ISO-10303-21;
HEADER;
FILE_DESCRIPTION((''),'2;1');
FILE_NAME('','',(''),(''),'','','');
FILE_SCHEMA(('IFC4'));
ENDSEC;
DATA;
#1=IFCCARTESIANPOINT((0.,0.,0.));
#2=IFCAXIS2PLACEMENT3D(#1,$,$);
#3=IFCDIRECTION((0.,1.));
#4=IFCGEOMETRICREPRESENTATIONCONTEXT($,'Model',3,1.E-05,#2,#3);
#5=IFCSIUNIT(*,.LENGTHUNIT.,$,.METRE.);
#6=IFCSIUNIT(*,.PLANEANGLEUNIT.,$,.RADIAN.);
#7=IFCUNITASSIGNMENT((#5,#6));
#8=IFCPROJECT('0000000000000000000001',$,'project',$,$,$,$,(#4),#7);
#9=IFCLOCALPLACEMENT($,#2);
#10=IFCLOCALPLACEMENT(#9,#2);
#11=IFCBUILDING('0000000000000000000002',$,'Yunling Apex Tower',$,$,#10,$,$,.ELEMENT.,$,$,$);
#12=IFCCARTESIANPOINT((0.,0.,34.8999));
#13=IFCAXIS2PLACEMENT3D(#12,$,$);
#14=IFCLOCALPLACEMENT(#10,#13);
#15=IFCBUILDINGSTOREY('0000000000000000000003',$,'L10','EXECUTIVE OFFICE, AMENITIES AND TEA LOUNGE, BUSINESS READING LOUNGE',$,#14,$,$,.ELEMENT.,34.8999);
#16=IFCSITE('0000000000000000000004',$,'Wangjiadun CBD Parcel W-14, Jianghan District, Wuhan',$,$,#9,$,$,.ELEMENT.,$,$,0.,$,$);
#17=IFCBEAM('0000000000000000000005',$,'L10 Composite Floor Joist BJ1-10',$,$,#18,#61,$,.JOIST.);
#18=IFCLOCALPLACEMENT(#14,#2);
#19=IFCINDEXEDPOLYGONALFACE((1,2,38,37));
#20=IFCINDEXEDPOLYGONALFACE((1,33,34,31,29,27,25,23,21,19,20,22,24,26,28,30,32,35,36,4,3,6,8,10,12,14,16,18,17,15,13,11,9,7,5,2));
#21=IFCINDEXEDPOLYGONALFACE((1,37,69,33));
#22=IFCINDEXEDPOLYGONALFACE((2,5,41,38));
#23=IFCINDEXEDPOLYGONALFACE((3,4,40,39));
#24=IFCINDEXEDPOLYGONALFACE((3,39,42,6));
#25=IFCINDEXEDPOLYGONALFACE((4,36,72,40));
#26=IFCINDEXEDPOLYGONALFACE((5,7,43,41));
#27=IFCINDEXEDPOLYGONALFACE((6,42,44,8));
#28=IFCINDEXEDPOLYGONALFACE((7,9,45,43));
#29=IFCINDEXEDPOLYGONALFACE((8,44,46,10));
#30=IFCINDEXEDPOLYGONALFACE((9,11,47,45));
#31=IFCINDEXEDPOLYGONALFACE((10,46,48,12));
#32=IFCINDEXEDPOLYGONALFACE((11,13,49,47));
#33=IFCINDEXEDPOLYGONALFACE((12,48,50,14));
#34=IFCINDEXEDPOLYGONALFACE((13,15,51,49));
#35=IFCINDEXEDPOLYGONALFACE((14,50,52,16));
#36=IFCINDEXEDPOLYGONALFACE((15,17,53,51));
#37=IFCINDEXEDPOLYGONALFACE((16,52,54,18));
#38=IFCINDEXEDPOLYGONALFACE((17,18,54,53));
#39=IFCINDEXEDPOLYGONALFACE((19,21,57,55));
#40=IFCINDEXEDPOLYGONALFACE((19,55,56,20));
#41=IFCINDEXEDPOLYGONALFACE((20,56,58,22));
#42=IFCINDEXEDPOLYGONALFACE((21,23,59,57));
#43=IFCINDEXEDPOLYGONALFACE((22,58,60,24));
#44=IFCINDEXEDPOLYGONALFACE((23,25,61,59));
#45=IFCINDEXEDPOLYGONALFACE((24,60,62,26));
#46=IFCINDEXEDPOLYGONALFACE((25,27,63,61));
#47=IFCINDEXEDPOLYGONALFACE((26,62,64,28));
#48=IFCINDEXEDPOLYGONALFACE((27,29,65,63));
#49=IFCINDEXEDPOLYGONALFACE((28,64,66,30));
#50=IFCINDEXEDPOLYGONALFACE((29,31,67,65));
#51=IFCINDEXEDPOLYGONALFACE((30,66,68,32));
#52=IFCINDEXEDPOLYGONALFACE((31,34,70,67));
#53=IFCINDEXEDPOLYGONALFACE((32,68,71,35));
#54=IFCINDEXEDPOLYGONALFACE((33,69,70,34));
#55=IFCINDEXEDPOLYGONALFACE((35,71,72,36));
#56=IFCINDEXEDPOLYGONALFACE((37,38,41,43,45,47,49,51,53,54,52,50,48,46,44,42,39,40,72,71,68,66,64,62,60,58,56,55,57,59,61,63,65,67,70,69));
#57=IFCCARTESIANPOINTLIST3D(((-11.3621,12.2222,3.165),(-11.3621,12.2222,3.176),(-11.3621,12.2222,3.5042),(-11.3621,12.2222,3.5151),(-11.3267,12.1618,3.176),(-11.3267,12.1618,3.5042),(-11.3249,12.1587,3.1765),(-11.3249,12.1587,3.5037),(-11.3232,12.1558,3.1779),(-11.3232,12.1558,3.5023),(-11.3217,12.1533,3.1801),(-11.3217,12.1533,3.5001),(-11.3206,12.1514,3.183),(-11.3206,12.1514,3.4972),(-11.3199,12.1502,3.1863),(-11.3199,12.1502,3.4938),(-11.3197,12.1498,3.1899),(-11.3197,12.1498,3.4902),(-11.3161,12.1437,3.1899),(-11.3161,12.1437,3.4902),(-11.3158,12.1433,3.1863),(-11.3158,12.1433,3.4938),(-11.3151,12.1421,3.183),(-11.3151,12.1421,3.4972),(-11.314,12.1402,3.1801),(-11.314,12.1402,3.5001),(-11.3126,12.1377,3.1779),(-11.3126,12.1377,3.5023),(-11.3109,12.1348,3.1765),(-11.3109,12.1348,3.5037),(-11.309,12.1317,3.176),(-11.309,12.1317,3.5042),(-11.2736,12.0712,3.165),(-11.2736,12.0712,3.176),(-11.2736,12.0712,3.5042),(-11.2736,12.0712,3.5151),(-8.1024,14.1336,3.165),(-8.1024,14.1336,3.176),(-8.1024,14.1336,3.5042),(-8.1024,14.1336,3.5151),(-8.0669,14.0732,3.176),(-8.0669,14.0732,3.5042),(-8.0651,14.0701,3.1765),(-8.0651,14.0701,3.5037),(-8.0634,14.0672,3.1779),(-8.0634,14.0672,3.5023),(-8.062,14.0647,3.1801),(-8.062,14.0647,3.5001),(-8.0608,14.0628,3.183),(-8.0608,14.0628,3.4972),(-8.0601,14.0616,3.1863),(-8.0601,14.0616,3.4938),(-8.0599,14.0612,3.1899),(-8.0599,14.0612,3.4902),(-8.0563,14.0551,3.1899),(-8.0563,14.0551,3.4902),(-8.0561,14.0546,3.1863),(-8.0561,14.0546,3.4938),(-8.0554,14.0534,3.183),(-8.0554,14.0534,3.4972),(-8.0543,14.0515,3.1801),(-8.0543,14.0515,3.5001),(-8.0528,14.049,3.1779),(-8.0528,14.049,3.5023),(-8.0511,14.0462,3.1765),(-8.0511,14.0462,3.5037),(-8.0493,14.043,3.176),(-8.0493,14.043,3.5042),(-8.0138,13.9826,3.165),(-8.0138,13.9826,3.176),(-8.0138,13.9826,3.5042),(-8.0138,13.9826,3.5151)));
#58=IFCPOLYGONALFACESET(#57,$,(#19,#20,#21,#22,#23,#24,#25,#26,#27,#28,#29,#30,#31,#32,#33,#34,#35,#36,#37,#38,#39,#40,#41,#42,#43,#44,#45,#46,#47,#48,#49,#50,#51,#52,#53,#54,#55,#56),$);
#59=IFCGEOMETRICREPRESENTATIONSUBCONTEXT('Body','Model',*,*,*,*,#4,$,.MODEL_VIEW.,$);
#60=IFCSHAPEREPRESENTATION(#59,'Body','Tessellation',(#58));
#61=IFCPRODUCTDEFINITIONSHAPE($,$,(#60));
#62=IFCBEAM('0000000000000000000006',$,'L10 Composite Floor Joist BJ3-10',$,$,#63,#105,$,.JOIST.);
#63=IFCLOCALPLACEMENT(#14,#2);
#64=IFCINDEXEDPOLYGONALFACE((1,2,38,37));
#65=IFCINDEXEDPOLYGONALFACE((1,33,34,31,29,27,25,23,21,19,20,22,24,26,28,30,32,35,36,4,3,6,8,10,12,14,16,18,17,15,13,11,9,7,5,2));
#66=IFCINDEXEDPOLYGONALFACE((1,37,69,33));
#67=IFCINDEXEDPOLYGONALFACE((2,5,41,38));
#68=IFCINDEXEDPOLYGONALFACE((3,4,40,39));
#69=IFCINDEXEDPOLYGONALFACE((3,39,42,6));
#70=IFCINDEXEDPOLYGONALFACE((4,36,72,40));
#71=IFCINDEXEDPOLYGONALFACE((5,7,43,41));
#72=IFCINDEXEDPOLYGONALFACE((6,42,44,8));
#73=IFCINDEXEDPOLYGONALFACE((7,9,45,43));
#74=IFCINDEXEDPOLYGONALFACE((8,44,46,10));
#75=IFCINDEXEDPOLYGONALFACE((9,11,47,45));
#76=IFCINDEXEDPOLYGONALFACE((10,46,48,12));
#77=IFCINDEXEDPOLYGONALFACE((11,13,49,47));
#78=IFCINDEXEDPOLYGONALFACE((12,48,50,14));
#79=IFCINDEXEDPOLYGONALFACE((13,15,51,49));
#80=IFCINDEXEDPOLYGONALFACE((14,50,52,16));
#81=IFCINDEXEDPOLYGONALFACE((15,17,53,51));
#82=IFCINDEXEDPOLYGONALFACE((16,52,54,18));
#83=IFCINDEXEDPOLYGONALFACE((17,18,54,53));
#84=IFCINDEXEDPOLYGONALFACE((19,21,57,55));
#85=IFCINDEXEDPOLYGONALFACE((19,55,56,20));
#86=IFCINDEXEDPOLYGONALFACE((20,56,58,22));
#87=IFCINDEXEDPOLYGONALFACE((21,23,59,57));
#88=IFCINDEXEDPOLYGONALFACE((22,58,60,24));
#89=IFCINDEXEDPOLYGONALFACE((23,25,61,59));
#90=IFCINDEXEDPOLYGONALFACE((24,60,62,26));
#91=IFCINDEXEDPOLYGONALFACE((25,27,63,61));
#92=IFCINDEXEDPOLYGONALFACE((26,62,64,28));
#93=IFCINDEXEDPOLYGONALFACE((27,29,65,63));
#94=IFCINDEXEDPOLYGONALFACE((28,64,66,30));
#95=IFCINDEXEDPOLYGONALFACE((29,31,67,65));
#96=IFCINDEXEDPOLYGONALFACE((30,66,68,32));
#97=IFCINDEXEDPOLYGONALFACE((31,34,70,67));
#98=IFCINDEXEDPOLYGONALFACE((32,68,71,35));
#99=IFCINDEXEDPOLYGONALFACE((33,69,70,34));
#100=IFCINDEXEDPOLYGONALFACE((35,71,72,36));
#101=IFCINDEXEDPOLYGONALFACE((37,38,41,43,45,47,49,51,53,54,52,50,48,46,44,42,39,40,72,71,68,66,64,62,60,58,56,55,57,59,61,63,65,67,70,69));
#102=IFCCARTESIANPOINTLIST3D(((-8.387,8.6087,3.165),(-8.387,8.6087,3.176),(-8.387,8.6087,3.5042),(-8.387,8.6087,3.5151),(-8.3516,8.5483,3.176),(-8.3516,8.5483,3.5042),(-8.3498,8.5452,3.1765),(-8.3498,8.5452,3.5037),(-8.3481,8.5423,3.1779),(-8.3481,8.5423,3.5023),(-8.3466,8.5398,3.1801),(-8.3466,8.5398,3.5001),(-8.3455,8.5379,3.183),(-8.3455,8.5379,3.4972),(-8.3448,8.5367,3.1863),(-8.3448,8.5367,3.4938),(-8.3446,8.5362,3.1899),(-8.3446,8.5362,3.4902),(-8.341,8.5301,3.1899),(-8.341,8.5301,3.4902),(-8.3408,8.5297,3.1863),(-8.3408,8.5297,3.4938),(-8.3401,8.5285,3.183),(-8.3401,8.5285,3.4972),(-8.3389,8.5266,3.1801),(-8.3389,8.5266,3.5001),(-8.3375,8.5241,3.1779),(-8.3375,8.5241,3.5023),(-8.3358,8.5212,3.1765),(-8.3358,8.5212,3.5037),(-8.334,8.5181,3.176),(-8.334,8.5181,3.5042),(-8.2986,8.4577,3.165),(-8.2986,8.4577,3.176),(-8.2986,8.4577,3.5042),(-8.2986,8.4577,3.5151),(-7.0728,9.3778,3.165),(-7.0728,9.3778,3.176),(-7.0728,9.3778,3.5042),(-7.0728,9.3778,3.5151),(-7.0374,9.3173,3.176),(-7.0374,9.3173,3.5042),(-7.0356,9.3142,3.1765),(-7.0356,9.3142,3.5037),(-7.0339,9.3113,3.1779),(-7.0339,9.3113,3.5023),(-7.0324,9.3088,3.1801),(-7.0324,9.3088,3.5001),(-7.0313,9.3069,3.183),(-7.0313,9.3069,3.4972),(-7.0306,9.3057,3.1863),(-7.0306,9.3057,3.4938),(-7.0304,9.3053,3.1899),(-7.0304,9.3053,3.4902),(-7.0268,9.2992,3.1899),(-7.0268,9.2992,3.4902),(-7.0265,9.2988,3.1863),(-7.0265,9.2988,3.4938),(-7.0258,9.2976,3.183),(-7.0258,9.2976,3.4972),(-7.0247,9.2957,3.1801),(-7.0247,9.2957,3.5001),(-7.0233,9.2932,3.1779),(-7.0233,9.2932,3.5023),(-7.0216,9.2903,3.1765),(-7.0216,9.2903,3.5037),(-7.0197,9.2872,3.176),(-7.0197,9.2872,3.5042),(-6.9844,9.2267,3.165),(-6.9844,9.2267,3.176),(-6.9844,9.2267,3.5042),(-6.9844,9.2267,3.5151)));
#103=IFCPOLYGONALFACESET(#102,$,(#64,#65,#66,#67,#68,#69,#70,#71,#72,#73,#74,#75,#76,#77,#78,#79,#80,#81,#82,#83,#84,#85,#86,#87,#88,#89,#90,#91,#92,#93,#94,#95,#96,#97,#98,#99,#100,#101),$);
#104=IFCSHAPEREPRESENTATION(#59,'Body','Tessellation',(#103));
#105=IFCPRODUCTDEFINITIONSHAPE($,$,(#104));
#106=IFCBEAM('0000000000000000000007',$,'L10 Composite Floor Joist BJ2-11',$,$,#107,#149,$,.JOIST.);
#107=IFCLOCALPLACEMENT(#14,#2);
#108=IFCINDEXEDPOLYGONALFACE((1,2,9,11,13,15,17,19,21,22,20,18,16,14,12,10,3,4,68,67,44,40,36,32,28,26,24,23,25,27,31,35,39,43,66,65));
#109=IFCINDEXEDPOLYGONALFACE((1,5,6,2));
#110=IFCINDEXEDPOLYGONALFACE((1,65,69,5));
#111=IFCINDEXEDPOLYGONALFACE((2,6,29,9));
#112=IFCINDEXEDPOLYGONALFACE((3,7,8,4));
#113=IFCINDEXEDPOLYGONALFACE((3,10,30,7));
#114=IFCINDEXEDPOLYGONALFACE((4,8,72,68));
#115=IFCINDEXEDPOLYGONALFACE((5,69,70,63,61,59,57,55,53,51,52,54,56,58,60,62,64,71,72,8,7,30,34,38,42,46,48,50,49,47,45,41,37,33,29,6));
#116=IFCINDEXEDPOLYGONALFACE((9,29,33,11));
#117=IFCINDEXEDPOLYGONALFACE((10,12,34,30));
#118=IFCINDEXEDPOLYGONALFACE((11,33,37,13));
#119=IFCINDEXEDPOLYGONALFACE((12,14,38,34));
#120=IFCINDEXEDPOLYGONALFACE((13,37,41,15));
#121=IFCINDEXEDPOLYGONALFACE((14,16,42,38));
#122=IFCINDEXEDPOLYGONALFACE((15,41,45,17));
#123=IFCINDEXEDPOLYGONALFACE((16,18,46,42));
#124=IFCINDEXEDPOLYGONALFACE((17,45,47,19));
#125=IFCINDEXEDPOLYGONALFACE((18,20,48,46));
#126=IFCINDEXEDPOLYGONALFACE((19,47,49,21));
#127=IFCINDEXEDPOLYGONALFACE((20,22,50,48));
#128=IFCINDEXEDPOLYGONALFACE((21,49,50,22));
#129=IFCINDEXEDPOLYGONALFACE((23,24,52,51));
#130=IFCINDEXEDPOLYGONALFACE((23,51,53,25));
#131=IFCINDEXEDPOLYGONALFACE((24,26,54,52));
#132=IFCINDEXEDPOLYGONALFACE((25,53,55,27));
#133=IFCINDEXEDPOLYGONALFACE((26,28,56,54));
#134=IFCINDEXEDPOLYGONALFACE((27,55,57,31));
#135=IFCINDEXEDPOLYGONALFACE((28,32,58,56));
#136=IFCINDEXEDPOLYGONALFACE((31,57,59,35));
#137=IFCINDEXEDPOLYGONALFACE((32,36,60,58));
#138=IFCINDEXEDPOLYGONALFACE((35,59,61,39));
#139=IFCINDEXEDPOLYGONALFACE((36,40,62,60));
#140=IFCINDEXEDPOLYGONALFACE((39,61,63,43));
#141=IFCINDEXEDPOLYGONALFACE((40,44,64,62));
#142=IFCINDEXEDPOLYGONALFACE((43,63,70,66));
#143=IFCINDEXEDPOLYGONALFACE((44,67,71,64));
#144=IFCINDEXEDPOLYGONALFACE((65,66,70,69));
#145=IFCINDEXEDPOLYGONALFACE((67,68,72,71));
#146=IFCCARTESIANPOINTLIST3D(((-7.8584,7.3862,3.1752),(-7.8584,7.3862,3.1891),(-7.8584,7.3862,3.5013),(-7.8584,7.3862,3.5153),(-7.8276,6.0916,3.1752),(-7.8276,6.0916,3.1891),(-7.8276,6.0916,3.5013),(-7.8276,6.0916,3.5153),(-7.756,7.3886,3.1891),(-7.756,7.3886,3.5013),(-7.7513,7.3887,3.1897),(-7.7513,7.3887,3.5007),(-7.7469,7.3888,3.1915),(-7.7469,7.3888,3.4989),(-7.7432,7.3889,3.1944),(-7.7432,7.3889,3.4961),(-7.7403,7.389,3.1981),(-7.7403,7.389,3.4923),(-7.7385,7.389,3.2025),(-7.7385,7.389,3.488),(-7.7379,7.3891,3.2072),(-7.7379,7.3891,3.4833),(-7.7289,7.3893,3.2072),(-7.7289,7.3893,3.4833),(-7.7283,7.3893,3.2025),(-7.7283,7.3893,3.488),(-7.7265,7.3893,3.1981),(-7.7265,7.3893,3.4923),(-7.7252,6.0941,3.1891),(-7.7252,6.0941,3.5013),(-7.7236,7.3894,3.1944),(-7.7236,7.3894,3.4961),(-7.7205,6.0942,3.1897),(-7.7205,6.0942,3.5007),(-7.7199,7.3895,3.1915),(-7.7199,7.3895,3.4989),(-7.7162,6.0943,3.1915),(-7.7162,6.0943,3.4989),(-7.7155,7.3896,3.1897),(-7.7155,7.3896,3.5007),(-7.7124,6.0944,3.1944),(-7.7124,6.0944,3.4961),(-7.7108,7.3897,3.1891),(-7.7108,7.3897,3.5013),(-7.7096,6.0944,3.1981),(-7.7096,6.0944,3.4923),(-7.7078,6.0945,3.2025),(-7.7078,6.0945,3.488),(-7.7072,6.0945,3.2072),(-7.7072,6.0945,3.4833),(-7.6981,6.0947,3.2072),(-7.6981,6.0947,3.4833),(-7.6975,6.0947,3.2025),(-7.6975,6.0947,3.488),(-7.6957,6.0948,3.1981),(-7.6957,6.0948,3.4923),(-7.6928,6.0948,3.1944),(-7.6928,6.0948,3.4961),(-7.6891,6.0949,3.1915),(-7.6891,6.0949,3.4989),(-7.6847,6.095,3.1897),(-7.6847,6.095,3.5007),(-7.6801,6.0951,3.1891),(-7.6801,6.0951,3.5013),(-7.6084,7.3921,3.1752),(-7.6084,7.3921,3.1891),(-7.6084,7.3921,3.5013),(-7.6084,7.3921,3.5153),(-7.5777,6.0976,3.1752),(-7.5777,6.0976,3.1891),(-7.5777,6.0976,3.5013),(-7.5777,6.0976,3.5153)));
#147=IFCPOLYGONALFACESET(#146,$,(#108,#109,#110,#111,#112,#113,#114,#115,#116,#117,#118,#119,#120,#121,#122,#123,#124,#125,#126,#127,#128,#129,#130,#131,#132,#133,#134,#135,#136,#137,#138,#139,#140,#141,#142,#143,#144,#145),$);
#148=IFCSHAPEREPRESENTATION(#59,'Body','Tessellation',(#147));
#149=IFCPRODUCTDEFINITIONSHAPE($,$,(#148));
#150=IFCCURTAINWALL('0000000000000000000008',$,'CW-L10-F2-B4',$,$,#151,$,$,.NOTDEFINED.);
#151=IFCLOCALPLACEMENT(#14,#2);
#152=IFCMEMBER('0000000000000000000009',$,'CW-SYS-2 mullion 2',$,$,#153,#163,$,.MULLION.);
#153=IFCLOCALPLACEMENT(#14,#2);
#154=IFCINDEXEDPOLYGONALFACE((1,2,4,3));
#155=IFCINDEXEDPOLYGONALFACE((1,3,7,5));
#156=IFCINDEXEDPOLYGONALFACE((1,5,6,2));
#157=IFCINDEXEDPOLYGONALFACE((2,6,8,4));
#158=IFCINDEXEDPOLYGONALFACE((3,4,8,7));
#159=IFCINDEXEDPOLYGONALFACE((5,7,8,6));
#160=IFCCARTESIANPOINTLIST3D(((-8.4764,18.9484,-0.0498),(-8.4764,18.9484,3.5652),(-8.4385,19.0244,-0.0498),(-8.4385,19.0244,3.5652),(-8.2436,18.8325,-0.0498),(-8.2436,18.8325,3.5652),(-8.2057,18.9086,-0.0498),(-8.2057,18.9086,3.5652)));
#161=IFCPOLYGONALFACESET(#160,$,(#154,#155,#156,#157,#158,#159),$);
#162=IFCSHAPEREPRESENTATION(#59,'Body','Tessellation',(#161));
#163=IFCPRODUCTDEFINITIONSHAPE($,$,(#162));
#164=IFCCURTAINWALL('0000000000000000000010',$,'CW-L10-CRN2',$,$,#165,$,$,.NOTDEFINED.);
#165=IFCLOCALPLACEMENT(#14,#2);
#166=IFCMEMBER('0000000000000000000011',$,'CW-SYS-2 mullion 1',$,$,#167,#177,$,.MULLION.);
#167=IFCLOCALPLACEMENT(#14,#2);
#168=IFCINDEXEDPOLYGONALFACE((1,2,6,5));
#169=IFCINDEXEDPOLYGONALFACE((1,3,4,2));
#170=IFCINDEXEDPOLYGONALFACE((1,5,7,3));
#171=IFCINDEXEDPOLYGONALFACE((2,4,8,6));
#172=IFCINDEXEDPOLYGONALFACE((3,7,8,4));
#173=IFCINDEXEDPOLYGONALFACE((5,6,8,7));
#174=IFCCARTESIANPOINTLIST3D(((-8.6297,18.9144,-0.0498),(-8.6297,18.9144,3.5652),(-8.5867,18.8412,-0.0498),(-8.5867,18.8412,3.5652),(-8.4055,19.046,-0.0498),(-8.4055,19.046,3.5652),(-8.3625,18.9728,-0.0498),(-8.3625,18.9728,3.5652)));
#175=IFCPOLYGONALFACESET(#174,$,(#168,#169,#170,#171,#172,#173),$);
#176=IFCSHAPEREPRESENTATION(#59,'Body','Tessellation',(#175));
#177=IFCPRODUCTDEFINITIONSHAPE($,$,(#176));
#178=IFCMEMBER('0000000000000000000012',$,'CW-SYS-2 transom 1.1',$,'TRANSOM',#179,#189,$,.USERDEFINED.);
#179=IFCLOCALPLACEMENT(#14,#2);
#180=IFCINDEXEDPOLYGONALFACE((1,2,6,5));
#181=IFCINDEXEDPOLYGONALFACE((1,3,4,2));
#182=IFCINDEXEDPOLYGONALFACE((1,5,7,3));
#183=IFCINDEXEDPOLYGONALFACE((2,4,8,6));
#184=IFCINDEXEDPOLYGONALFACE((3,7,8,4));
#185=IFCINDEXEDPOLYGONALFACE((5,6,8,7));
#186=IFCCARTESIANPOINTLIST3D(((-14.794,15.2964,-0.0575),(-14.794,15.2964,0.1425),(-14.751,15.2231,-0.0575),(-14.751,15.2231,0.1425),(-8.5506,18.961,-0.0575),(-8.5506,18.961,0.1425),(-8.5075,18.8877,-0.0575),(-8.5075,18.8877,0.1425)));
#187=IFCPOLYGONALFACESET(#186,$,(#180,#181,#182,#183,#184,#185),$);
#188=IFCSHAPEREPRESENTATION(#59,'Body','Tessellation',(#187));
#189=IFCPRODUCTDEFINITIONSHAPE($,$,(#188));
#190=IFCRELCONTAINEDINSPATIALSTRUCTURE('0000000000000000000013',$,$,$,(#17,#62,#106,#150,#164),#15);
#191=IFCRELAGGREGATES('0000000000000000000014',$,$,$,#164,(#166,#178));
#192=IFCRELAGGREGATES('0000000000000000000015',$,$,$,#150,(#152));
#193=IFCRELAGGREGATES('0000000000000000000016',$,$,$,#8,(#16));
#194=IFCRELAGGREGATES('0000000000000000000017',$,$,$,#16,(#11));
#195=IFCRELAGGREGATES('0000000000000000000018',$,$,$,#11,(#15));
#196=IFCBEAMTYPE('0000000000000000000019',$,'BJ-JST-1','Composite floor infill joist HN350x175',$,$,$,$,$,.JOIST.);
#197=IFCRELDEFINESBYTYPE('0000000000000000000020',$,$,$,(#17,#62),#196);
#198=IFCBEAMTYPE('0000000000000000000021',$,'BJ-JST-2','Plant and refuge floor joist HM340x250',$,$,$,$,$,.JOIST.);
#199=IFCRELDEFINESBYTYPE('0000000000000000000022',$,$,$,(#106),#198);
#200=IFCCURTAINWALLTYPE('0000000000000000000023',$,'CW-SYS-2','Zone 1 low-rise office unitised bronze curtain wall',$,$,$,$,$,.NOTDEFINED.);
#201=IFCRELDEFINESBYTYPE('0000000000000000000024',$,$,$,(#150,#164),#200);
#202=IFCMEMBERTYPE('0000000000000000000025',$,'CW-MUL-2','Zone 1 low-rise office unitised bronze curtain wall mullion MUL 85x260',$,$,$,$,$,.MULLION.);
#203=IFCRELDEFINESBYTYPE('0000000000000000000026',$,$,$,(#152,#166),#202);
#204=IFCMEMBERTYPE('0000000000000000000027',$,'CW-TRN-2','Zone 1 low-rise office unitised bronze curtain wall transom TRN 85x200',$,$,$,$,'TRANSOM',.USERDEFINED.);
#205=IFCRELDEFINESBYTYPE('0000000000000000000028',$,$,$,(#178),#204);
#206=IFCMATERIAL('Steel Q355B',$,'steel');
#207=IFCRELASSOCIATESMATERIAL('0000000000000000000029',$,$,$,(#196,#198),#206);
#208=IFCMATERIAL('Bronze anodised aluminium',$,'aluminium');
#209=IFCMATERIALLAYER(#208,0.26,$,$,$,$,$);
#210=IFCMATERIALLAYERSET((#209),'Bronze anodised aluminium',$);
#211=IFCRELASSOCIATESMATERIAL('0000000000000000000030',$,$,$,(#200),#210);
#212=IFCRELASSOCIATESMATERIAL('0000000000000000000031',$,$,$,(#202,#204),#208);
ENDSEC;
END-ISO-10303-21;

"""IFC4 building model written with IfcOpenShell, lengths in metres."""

from ifc_helpers import new_model, si_unit, direction, frame, origin, origin_2d, place, context, subcontext, project, spatial, rectangle, i_section, extrude, source, transform, mapped, material, layer, layer_set, material_profile, profile_set, type_object, element, aggregate, save


model = new_model("IFC4")

# Units and contexts
model_context = context("Model", 3, precision=1e-05, world=origin(), true_north=direction((0.0, 1.0)))
body_context = subcontext(model_context, "Body", "Model", "MODEL_VIEW")
ifc_project = project(units=[si_unit("LENGTHUNIT", "METRE"), si_unit("PLANEANGLEUNIT", "RADIAN")], contexts=[model_context])

# Site, building, storey
site_placement = place(None, origin())
site = spatial("IfcSite", under=ifc_project, at=site_placement, Name="Wangjiadun CBD Parcel W-14, Jianghan District, Wuhan", CompositionType="ELEMENT", RefElevation=0.0)
building_placement = place(site_placement, origin())
building = spatial("IfcBuilding", under=site, at=building_placement, Name="Yunling Apex Tower", CompositionType="ELEMENT")
storey_placement = place(building_placement, frame((0.0, 0.0, 34.8999)))
storey = spatial("IfcBuildingStorey", under=building, at=storey_placement, Name="L10", Description="EXECUTIVE OFFICE, AMENITIES AND TEA LOUNGE, BUSINESS READING LOUNGE", CompositionType="ELEMENT", Elevation=34.8999)

# Beams
ifc_material_1 = material(Name="Steel Q355B", Category="steel")
ifc_material_profile_1 = material_profile(ifc_material_1, i_section(OverallWidth=0.175, OverallDepth=0.3501, WebThickness=0.0071, FlangeThickness=0.011, FilletRadius=0.0139, at=origin_2d()))
ifc_profile_set_1 = profile_set([ifc_material_profile_1], Name="Steel Q355B")
beam_type_1 = type_object("IfcBeamType", Name="BJ-JST-1", Description="Composite floor infill joist HN350x175", PredefinedType="JOIST", material=ifc_profile_set_1)
ifc_material_profile_2 = material_profile(ifc_material_1, i_section(OverallWidth=0.25, OverallDepth=0.3401, WebThickness=0.009, FlangeThickness=0.0139, FilletRadius=0.0181, at=origin_2d()))
ifc_profile_set_2 = profile_set([ifc_material_profile_2], Name="Steel Q355B")
beam_type_2 = type_object("IfcBeamType", Name="BJ-JST-2", Description="Plant and refuge floor joist HM340x250", PredefinedType="JOIST", material=ifc_profile_set_2)
shared_shape_1 = source(origin(), body_context, "Body", "SweptSolid", [
    extrude(i_section(OverallWidth=0.175, OverallDepth=0.3501, WebThickness=0.0071, FlangeThickness=0.011, FilletRadius=0.0139, at=origin_2d()), origin(), (0.0, 0.0, 1.0), 3.7788),
])
beam_1_placement = place(storey_placement, frame((-8.0581, 14.0581, 3.3401), z_axis=(-0.862643, -0.505814, 0.0), x_axis=(0.505814, -0.862643, 0.0)))
element("IfcBeam", 1, at=beam_1_placement, inside=storey, type_object=beam_type_1, Name="L10 Composite Floor Joist BJ1-10", PredefinedType="JOIST", context=body_context, shape_type="MappedRepresentation", body=[
    mapped(shared_shape_1, transform((0.0, 0.0, 0.0), scale=1.0)),
])
shared_shape_2 = source(origin(), body_context, "Body", "SweptSolid", [
    extrude(i_section(OverallWidth=0.175, OverallDepth=0.3501, WebThickness=0.0071, FlangeThickness=0.011, FilletRadius=0.0139, at=origin_2d()), origin(), (0.0, 0.0, 1.0), 1.5227),
])
beam_2_placement = place(storey_placement, frame((-7.0286, 9.3022, 3.3401), z_axis=(-0.863086, -0.505057, 0.0), x_axis=(0.505057, -0.863086, 0.0)))
element("IfcBeam", 2, at=beam_2_placement, inside=storey, type_object=beam_type_1, Name="L10 Composite Floor Joist BJ3-10", PredefinedType="JOIST", context=body_context, shape_type="MappedRepresentation", body=[
    mapped(shared_shape_2, transform((0.0, 0.0, 0.0), scale=1.0)),
])
shared_shape_3 = source(origin(), body_context, "Body", "SweptSolid", [
    extrude(i_section(OverallWidth=0.25, OverallDepth=0.3401, WebThickness=0.009, FlangeThickness=0.0139, FilletRadius=0.0181, at=origin_2d()), origin(), (0.0, 0.0, 1.0), 1.2949),
])
beam_3_placement = place(storey_placement, frame((-7.7334, 7.3892, 3.3452), z_axis=(0.023753, -0.999718, 0.0), x_axis=(0.999718, 0.023753, 0.0)))
element("IfcBeam", 3, at=beam_3_placement, inside=storey, type_object=beam_type_2, Name="L10 Composite Floor Joist BJ2-11", PredefinedType="JOIST", context=body_context, shape_type="MappedRepresentation", body=[
    mapped(shared_shape_3, transform((0.0, 0.0, 0.0), scale=1.0)),
])

# Curtain wall, member
ifc_material_2 = material(Name="Bronze anodised aluminium", Category="aluminium")
ifc_layer_1 = layer(ifc_material_2, 0.26)
ifc_layer_set_1 = layer_set([ifc_layer_1], Name="Bronze anodised aluminium")
curtain_wall_type = type_object("IfcCurtainWallType", Name="CW-SYS-2", Description="Zone 1 low-rise office unitised bronze curtain wall", PredefinedType="NOTDEFINED", material=ifc_layer_set_1)
curtain_wall_1_placement = place(storey_placement, origin())
curtain_wall_1 = element("IfcCurtainWall", 4, at=curtain_wall_1_placement, inside=storey, type_object=curtain_wall_type, Name="CW-L10-F2-B4", PredefinedType="NOTDEFINED")
ifc_material_profile_3 = material_profile(ifc_material_2, rectangle(XDim=0.085, YDim=0.26, at=origin_2d()))
ifc_profile_set_3 = profile_set([ifc_material_profile_3], Name="Bronze anodised aluminium")
member_type_1 = type_object("IfcMemberType", Name="CW-MUL-2", Description="Zone 1 low-rise office unitised bronze curtain wall mullion MUL 85x260", PredefinedType="MULLION", material=ifc_profile_set_3)
shared_shape_4 = source(origin(), body_context, "Body", "SweptSolid", [
    extrude(rectangle(XDim=0.085, YDim=0.26, at=origin_2d()), origin(), (0.0, 0.0, 1.0), 3.615),
])
member_1_placement = place(storey_placement, frame((-8.3411, 18.9285, -0.0498), z_axis=(0.0, 0.0, 1.0), x_axis=(-0.445571, -0.895247, 0.0)))
member_1 = element("IfcMember", 5, at=member_1_placement, type_object=member_type_1, Name="CW-SYS-2 mullion 2", PredefinedType="MULLION", context=body_context, shape_type="MappedRepresentation", body=[
    mapped(shared_shape_4, transform((0.0, 0.0, 0.0), scale=1.0)),
])

# Curtain wall, members
curtain_wall_2_placement = place(storey_placement, origin())
curtain_wall_2 = element("IfcCurtainWall", 6, at=curtain_wall_2_placement, inside=storey, type_object=curtain_wall_type, Name="CW-L10-CRN2", PredefinedType="NOTDEFINED")
member_2_placement = place(storey_placement, frame((-8.4961, 18.9436, -0.0498), z_axis=(0.0, 0.0, 1.0), x_axis=(0.506196, -0.862419, 0.0)))
member_2 = element("IfcMember", 7, at=member_2_placement, type_object=member_type_1, Name="CW-SYS-2 mullion 1", PredefinedType="MULLION", context=body_context, shape_type="MappedRepresentation", body=[
    mapped(shared_shape_4, transform((0.0, 0.0, 0.0), scale=1.0)),
])
ifc_material_profile_4 = material_profile(ifc_material_2, rectangle(XDim=0.085, YDim=0.2, at=origin_2d()))
ifc_profile_set_4 = profile_set([ifc_material_profile_4], Name="Bronze anodised aluminium")
member_type_2 = type_object("IfcMemberType", Name="CW-TRN-2", Description="Zone 1 low-rise office unitised bronze curtain wall transom TRN 85x200", ElementType="TRANSOM", PredefinedType="USERDEFINED", material=ifc_profile_set_4)
shared_shape_5 = source(origin(), body_context, "Body", "SweptSolid", [
    extrude(rectangle(XDim=0.085, YDim=0.2, at=origin_2d()), origin(), (0.0, 0.0, 1.0), 7.2395),
])
member_3_placement = place(storey_placement, frame((-8.5291, 18.9243, 0.0425), z_axis=(-0.862419, -0.506195, 0.0), x_axis=(0.506195, -0.862419, 0.0)))
member_3 = element("IfcMember", 8, at=member_3_placement, type_object=member_type_2, Name="CW-SYS-2 transom 1.1", ObjectType="TRANSOM", PredefinedType="USERDEFINED", context=body_context, shape_type="MappedRepresentation", body=[
    mapped(shared_shape_5, transform((0.0, 0.0, 0.0), scale=1.0)),
])
aggregate(curtain_wall_2, [member_2, member_3])

aggregate(curtain_wall_1, [member_1])

save(model, "model.ifc")
